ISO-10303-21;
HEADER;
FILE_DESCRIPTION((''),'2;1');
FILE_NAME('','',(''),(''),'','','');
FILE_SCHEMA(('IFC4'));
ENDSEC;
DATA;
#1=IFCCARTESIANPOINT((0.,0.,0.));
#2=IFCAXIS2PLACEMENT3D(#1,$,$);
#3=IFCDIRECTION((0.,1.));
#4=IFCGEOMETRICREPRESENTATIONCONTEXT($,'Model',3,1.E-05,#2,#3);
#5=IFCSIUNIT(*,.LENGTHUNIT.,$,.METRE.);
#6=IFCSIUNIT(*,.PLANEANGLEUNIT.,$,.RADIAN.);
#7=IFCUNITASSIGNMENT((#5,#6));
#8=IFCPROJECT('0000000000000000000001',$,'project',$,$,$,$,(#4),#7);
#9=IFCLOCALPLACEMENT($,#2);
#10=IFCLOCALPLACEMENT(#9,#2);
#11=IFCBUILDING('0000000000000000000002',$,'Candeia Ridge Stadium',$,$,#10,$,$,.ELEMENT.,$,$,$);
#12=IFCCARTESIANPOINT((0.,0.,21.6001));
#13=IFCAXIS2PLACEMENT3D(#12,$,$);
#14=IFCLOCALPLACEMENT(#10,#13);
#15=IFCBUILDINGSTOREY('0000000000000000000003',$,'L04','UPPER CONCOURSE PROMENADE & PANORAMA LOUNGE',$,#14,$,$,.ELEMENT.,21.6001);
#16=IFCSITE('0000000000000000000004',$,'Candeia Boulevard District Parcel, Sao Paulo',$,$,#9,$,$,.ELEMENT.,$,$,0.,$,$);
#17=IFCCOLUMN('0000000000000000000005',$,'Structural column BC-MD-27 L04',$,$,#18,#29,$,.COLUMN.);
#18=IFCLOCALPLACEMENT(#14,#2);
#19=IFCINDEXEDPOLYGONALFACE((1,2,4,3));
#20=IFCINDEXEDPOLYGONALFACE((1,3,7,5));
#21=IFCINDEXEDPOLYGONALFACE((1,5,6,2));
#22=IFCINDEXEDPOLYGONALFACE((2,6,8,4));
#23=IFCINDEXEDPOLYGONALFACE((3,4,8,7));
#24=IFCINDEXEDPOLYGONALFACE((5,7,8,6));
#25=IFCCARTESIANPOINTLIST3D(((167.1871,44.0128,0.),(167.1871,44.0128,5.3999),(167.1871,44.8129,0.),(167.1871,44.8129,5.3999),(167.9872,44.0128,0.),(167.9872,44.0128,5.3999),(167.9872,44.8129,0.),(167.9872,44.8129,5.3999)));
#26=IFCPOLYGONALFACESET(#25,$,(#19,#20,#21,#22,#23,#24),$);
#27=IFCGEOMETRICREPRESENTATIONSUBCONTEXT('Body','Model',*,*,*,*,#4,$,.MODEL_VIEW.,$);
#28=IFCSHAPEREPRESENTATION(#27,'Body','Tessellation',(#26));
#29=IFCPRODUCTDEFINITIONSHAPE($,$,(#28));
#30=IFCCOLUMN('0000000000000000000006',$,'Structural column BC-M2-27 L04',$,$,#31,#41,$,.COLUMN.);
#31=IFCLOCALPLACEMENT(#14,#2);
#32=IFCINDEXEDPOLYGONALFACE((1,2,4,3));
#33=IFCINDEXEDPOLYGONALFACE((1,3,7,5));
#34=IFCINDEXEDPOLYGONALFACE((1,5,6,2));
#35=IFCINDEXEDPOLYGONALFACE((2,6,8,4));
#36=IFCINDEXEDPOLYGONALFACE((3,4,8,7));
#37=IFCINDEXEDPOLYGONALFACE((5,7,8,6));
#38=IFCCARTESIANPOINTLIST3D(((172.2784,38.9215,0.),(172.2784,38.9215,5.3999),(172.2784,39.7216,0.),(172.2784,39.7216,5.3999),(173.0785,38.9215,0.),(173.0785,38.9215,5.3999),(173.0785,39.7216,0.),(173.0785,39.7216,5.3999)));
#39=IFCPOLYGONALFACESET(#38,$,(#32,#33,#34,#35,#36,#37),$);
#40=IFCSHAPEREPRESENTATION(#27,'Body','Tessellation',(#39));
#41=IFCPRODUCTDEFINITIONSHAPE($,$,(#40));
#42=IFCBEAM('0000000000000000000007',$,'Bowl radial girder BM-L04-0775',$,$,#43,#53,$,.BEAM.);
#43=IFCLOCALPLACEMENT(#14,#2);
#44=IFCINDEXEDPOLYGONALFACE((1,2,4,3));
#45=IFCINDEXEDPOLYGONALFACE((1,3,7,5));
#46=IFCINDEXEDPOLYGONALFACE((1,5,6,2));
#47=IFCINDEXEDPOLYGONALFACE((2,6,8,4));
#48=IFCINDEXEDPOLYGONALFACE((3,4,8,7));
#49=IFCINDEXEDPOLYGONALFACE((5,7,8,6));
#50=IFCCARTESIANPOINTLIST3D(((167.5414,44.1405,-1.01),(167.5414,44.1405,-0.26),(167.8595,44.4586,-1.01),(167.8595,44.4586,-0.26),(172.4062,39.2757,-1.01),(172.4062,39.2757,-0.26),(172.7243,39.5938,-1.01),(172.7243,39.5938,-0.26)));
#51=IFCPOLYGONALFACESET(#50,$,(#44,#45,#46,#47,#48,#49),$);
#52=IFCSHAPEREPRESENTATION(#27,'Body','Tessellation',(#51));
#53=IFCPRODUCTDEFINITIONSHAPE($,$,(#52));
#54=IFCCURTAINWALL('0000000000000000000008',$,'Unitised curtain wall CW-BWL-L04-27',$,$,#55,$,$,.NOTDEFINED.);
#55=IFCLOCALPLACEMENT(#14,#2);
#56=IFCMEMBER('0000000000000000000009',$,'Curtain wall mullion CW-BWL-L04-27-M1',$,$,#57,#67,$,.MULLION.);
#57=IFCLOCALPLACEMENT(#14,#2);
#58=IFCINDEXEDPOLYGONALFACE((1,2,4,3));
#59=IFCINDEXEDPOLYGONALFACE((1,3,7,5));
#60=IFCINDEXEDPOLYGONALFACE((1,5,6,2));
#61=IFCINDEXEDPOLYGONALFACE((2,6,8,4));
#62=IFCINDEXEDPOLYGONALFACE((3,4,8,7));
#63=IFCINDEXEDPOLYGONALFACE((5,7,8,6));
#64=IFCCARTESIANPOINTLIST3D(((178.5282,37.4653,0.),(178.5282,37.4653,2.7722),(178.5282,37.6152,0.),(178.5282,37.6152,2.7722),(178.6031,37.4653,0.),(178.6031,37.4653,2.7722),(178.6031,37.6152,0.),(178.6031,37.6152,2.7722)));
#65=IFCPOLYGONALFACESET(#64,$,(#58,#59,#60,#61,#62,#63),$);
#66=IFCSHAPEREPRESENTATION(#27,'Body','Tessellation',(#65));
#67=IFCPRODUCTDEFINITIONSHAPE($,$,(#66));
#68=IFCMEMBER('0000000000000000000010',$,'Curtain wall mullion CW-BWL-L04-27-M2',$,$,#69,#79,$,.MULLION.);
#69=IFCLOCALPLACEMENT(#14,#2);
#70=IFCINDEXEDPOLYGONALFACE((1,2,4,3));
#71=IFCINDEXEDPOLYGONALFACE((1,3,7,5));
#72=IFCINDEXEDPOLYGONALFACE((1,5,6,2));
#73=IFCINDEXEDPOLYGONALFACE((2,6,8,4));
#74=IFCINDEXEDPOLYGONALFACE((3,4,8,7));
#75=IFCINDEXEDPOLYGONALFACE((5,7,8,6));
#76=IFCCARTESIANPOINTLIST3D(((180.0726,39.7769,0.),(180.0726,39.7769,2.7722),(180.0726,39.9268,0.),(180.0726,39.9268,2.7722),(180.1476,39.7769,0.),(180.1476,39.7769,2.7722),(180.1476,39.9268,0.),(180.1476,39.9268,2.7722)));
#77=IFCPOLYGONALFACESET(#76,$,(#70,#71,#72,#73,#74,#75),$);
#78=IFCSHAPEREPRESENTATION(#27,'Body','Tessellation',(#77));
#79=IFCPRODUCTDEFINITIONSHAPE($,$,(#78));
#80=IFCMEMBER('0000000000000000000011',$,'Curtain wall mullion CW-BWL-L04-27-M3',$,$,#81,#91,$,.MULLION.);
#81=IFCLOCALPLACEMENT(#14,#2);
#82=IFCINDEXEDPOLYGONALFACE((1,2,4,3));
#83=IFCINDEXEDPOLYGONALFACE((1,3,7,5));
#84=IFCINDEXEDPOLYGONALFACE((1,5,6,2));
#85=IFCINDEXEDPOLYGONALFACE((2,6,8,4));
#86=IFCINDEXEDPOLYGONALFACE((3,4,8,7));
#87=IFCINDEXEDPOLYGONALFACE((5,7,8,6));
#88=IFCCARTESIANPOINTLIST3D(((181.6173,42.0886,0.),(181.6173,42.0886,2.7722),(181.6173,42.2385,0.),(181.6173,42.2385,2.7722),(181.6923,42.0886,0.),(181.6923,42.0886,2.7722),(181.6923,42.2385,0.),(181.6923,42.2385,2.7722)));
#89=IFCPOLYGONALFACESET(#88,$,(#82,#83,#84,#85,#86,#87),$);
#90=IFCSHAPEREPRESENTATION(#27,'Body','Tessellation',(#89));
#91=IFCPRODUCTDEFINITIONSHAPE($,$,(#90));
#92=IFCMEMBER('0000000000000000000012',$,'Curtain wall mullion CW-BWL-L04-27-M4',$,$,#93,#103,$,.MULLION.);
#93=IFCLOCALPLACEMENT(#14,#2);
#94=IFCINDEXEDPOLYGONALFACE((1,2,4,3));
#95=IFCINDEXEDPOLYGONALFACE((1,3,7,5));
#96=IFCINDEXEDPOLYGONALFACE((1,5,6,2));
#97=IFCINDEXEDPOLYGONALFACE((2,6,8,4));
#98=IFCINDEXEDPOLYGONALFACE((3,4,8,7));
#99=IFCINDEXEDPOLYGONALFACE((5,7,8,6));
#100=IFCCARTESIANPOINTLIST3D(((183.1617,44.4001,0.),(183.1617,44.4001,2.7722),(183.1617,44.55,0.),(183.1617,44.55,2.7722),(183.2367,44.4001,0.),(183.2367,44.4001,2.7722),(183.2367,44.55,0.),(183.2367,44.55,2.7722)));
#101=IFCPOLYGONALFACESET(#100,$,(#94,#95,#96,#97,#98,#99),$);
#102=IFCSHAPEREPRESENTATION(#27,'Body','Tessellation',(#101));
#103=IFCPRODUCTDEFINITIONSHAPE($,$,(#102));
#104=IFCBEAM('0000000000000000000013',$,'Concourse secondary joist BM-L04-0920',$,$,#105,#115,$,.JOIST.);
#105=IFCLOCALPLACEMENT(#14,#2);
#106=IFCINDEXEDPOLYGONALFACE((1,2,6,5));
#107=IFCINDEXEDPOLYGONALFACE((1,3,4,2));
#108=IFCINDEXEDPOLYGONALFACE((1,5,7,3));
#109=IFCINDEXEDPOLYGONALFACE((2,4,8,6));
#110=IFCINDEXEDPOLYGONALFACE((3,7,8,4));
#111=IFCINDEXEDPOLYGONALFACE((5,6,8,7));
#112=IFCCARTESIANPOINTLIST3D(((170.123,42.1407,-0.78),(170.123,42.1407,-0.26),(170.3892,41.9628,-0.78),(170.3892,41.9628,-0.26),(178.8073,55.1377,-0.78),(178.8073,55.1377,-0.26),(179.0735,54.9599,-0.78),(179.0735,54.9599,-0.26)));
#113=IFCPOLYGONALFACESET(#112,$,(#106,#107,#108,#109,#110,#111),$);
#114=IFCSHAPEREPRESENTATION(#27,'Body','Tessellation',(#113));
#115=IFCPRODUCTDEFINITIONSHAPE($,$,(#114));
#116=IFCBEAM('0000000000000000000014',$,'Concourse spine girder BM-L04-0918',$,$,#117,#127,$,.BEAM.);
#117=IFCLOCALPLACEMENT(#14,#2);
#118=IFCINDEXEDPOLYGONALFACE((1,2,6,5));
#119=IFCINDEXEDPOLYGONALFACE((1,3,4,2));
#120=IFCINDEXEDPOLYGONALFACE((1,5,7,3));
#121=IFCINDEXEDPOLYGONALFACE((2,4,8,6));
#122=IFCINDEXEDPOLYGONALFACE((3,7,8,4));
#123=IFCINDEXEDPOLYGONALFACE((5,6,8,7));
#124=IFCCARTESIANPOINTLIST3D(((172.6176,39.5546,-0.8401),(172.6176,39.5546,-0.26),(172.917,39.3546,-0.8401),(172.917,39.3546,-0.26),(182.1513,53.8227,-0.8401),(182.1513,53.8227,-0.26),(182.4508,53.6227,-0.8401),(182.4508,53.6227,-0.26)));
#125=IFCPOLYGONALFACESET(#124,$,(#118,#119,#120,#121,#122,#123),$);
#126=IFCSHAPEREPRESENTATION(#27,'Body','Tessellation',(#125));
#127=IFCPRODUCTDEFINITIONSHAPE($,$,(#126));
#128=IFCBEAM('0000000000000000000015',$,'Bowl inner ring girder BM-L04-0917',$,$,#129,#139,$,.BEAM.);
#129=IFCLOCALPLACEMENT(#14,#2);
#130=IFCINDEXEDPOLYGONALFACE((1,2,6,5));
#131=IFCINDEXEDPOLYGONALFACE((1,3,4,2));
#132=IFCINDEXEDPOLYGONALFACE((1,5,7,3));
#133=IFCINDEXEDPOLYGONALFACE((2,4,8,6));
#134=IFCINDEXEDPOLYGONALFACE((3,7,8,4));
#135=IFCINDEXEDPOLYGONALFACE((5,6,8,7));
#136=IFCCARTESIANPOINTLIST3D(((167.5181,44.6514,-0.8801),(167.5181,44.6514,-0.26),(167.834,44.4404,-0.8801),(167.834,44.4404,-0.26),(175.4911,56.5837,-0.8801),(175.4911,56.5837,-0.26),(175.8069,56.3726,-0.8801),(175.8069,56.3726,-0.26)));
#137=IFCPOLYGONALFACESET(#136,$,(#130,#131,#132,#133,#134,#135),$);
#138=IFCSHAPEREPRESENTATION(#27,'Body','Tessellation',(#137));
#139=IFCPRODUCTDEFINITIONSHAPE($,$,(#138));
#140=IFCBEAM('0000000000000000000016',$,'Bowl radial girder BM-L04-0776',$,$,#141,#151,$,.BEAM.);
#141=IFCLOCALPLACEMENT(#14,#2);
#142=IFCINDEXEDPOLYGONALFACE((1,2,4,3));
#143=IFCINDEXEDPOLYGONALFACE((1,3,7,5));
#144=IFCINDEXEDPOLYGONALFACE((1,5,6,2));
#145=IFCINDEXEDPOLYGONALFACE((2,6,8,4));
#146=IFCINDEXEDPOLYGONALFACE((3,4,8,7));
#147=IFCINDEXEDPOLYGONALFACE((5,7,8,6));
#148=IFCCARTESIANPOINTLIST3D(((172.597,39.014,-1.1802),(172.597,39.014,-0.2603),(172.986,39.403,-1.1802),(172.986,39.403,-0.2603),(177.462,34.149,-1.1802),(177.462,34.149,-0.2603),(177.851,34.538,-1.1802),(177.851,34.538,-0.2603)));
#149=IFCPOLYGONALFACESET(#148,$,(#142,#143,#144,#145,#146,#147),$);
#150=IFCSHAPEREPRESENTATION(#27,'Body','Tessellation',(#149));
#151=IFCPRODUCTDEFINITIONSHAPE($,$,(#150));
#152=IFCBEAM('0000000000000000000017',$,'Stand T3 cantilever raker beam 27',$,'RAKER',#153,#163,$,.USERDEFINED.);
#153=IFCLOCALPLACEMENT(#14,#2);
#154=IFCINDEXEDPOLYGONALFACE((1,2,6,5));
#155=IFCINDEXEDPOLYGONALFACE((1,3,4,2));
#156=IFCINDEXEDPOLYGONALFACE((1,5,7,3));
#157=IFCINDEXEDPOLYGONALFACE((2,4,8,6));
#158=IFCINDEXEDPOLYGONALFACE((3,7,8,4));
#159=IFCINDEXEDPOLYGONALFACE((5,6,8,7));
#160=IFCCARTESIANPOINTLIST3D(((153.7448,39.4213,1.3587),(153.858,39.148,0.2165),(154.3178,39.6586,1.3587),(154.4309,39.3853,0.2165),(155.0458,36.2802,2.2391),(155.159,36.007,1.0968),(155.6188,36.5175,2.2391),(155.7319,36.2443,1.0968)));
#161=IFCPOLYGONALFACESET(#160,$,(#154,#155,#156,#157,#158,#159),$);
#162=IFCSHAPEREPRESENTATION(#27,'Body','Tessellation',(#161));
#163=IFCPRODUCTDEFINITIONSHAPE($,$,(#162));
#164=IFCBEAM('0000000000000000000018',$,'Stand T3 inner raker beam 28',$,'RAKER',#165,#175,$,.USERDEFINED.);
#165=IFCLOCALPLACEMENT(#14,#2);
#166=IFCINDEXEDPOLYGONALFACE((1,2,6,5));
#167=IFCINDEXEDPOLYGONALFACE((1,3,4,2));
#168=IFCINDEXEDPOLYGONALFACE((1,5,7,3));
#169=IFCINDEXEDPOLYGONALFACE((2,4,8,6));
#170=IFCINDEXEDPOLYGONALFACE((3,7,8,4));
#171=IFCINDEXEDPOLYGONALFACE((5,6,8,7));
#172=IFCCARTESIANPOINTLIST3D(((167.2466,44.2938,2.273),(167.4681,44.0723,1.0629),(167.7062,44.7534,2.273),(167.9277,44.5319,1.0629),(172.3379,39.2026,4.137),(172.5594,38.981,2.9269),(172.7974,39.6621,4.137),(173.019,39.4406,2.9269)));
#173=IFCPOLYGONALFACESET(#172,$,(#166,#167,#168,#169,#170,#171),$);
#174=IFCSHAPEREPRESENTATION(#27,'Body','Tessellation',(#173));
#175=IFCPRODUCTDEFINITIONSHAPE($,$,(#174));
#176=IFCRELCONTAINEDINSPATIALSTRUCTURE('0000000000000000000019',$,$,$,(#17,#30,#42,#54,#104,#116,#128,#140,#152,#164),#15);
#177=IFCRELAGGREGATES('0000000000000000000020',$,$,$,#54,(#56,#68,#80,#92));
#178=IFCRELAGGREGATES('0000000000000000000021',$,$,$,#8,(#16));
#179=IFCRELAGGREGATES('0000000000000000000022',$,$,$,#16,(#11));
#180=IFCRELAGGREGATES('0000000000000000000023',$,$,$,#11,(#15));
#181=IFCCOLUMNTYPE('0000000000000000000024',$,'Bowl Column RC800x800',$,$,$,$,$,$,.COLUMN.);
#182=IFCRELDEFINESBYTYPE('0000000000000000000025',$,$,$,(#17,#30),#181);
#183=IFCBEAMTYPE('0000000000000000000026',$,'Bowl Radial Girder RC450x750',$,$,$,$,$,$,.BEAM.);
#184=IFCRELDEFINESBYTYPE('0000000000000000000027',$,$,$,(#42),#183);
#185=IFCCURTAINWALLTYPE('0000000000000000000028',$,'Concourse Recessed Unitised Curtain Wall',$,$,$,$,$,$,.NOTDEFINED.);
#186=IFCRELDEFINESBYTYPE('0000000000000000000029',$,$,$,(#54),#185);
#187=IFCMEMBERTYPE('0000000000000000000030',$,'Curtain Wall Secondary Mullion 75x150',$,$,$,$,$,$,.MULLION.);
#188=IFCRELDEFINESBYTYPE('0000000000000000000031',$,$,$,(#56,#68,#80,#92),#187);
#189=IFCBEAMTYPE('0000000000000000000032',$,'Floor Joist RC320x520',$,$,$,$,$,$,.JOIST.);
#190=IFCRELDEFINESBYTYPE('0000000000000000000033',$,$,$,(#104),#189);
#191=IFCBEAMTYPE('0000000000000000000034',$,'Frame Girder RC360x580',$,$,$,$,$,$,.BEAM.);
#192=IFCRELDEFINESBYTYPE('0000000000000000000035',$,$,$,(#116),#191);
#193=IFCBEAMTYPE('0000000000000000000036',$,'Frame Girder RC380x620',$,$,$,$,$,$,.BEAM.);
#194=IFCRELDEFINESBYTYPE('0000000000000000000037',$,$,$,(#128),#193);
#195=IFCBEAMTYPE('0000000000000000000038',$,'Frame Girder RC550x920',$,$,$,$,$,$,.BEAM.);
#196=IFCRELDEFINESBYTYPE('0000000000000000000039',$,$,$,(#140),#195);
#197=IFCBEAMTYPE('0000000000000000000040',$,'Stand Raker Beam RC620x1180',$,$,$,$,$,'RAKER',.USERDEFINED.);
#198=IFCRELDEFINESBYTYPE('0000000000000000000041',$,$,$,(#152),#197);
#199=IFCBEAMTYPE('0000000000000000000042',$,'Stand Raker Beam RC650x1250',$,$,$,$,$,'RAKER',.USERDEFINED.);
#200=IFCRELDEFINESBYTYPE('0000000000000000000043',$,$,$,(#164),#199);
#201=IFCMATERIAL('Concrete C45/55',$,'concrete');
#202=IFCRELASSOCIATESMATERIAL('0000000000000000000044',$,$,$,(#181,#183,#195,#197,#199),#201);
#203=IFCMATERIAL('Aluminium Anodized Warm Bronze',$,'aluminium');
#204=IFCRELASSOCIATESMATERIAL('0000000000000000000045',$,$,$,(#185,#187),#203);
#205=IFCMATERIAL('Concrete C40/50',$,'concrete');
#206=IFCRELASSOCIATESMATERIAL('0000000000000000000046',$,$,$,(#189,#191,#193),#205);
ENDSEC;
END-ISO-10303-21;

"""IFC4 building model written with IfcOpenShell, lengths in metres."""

from ifc_helpers import new_model, si_unit, direction, frame, origin, origin_2d, place, context, subcontext, project, spatial, rectangle, extrude, material, material_profile, profile_set, type_object, element, aggregate, save


model = new_model("IFC4")

# Units and contexts
model_context = context("Model", 3, precision=1e-05, world=origin(), true_north=direction((0.0, 1.0)))
body_context = subcontext(model_context, "Body", "Model", "MODEL_VIEW")
ifc_project = project(units=[si_unit("LENGTHUNIT", "METRE"), si_unit("PLANEANGLEUNIT", "RADIAN")], contexts=[model_context])

# Site, building, storey
site_placement = place(None, origin())
site = spatial("IfcSite", under=ifc_project, at=site_placement, Name="Candeia Boulevard District Parcel, Sao Paulo", CompositionType="ELEMENT", RefElevation=0.0)
building_placement = place(site_placement, origin())
building = spatial("IfcBuilding", under=site, at=building_placement, Name="Candeia Ridge Stadium", CompositionType="ELEMENT")
storey_placement = place(building_placement, frame((0.0, 0.0, 21.6001)))
storey = spatial("IfcBuildingStorey", under=building, at=storey_placement, Name="L04", Description="UPPER CONCOURSE PROMENADE & PANORAMA LOUNGE", CompositionType="ELEMENT", Elevation=21.6001)

# Columns
ifc_material_1 = material(Name="Concrete C45/55", Category="concrete")
ifc_material_profile_1 = material_profile(ifc_material_1, rectangle(XDim=0.8, YDim=0.8, at=origin_2d()), Name="RC800x800", Category="concrete")
ifc_profile_set_1 = profile_set([ifc_material_profile_1], Name="Concrete C45/55")
column_type = type_object("IfcColumnType", Name="Bowl Column RC800x800", PredefinedType="COLUMN", material=ifc_profile_set_1)
for number, where, z_axis, x_axis, name in (
    (1, (167.5872, 44.4128, 0.0), (0.0, 0.0, 1.0), (1.0, 0.0, 0.0), "Structural column BC-MD-27 L04"),
    (2, (172.6785, 39.3215, 0.0), (0.0, 0.0, 1.0), (1.0, 0.0, 0.0), "Structural column BC-M2-27 L04"),
):
    element("IfcColumn", number, at=place(storey_placement, frame(where, z_axis=z_axis, x_axis=x_axis)), inside=storey, type_object=column_type, Name=name, PredefinedType="COLUMN", context=body_context, shape_type="SweptSolid", body=[
        extrude(rectangle(XDim=0.8, YDim=0.8, at=origin_2d()), origin(), (0.0, 0.0, 1.0), 5.3999),
    ])

# Beam
ifc_material_profile_2 = material_profile(ifc_material_1, rectangle(XDim=0.45, YDim=0.75, at=origin_2d()), Name="RC450x750", Category="concrete")
ifc_profile_set_2 = profile_set([ifc_material_profile_2], Name="Concrete C45/55")
beam_type_1 = type_object("IfcBeamType", Name="Bowl Radial Girder RC450x750", PredefinedType="BEAM", material=ifc_profile_set_2)
beam_1_placement = place(storey_placement, frame((167.7004, 44.2996, -0.635), z_axis=(0.707107, -0.707107, 0.0), x_axis=(0.707107, 0.707107, 0.0)))
element("IfcBeam", 3, at=beam_1_placement, inside=storey, type_object=beam_type_1, Name="Bowl radial girder BM-L04-0775", PredefinedType="BEAM", context=body_context, shape_type="SweptSolid", body=[
    extrude(rectangle(XDim=0.45, YDim=0.75, at=origin_2d()), origin(), (0.0, 0.0, 1.0), 6.8799),
])

# Curtain wall, members
ifc_material_2 = material(Name="Aluminium Anodized Warm Bronze", Category="aluminium")
curtain_wall_type = type_object("IfcCurtainWallType", Name="Concourse Recessed Unitised Curtain Wall", PredefinedType="NOTDEFINED", material=ifc_material_2)
curtain_wall_placement = place(storey_placement, origin())
curtain_wall = element("IfcCurtainWall", 4, at=curtain_wall_placement, inside=storey, type_object=curtain_wall_type, Name="Unitised curtain wall CW-BWL-L04-27", PredefinedType="NOTDEFINED")
ifc_material_profile_3 = material_profile(ifc_material_2, rectangle(XDim=0.075, YDim=0.1499, at=origin_2d()), Name="CWM-75x150", Category="aluminium")
ifc_profile_set_3 = profile_set([ifc_material_profile_3], Name="Aluminium Anodized Warm Bronze")
member_type = type_object("IfcMemberType", Name="Curtain Wall Secondary Mullion 75x150", PredefinedType="MULLION", material=ifc_profile_set_3)
member_1_placement = place(storey_placement, frame((178.5657, 37.5403, 0.0), z_axis=(0.0, 0.0, 1.0), x_axis=(1.0, 0.0, 0.0)))
member_1 = element("IfcMember", 5, at=member_1_placement, type_object=member_type, Name="Curtain wall mullion CW-BWL-L04-27-M1", PredefinedType="MULLION", context=body_context, shape_type="SweptSolid", body=[
    extrude(rectangle(XDim=0.075, YDim=0.1499, at=origin_2d()), origin(), (0.0, 0.0, 1.0), 2.7722),
])
member_2_placement = place(storey_placement, frame((180.1101, 39.8518, 0.0), z_axis=(0.0, 0.0, 1.0), x_axis=(1.0, 0.0, 0.0)))
member_2 = element("IfcMember", 6, at=member_2_placement, type_object=member_type, Name="Curtain wall mullion CW-BWL-L04-27-M2", PredefinedType="MULLION", context=body_context, shape_type="SweptSolid", body=[
    extrude(rectangle(XDim=0.075, YDim=0.1499, at=origin_2d()), origin(), (0.0, 0.0, 1.0), 2.7722),
])
member_3_placement = place(storey_placement, frame((181.6548, 42.1636, 0.0), z_axis=(0.0, 0.0, 1.0), x_axis=(1.0, 0.0, 0.0)))
member_3 = element("IfcMember", 7, at=member_3_placement, type_object=member_type, Name="Curtain wall mullion CW-BWL-L04-27-M3", PredefinedType="MULLION", context=body_context, shape_type="SweptSolid", body=[
    extrude(rectangle(XDim=0.075, YDim=0.1499, at=origin_2d()), origin(), (0.0, 0.0, 1.0), 2.7722),
])
member_4_placement = place(storey_placement, frame((183.1992, 44.4751, 0.0), z_axis=(0.0, 0.0, 1.0), x_axis=(1.0, 0.0, 0.0)))
member_4 = element("IfcMember", 8, at=member_4_placement, type_object=member_type, Name="Curtain wall mullion CW-BWL-L04-27-M4", PredefinedType="MULLION", context=body_context, shape_type="SweptSolid", body=[
    extrude(rectangle(XDim=0.075, YDim=0.1499, at=origin_2d()), origin(), (0.0, 0.0, 1.0), 2.7722),
])

# Beams
ifc_material_3 = material(Name="Concrete C40/50", Category="concrete")
ifc_material_profile_4 = material_profile(ifc_material_3, rectangle(XDim=0.3201, YDim=0.52, at=origin_2d()), Name="RC320x520", Category="concrete")
ifc_profile_set_4 = profile_set([ifc_material_profile_4], Name="Concrete C40/50")
beam_type_2 = type_object("IfcBeamType", Name="Floor Joist RC320x520", PredefinedType="JOIST", material=ifc_profile_set_4)
beam_2_placement = place(storey_placement, frame((170.2561, 42.0518, -0.52), z_axis=(0.555569, 0.831471, 0.0), x_axis=(-0.831471, 0.555569, 0.0)))
element("IfcBeam", 9, at=beam_2_placement, inside=storey, type_object=beam_type_2, Name="Concourse secondary joist BM-L04-0920", PredefinedType="JOIST", context=body_context, shape_type="SweptSolid", body=[
    extrude(rectangle(XDim=0.3201, YDim=0.52, at=origin_2d()), origin(), (0.0, 0.0, 1.0), 15.6313),
])
ifc_material_profile_5 = material_profile(ifc_material_3, rectangle(XDim=0.3601, YDim=0.5801, at=origin_2d()), Name="RC360x580", Category="concrete")
ifc_profile_set_5 = profile_set([ifc_material_profile_5], Name="Concrete C40/50")
beam_type_3 = type_object("IfcBeamType", Name="Frame Girder RC360x580", PredefinedType="BEAM", material=ifc_profile_set_5)
beam_3_placement = place(storey_placement, frame((172.7673, 39.4546, -0.55), z_axis=(0.555573, 0.831468, 0.0), x_axis=(-0.831468, 0.555573, 0.0)))
element("IfcBeam", 10, at=beam_3_placement, inside=storey, type_object=beam_type_3, Name="Concourse spine girder BM-L04-0918", PredefinedType="BEAM", context=body_context, shape_type="SweptSolid", body=[
    extrude(rectangle(XDim=0.3601, YDim=0.5801, at=origin_2d()), origin(), (0.0, 0.0, 1.0), 17.1602),
])
ifc_material_profile_6 = material_profile(ifc_material_3, rectangle(XDim=0.3799, YDim=0.6201, at=origin_2d()), Name="RC380x620", Category="concrete")
ifc_profile_set_6 = profile_set([ifc_material_profile_6], Name="Concrete C40/50")
beam_type_4 = type_object("IfcBeamType", Name="Frame Girder RC380x620", PredefinedType="BEAM", material=ifc_profile_set_6)
beam_4_placement = place(storey_placement, frame((167.676, 44.5459, -0.5701), z_axis=(0.555575, 0.831466, 0.0), x_axis=(-0.831466, 0.555575, 0.0)))
element("IfcBeam", 11, at=beam_4_placement, inside=storey, type_object=beam_type_4, Name="Bowl inner ring girder BM-L04-0917", PredefinedType="BEAM", context=body_context, shape_type="SweptSolid", body=[
    extrude(rectangle(XDim=0.3799, YDim=0.6201, at=origin_2d()), origin(), (0.0, 0.0, 1.0), 14.3508),
])
ifc_material_profile_7 = material_profile(ifc_material_1, rectangle(XDim=0.55, YDim=0.9199, at=origin_2d()), Name="RC550x920", Category="concrete")
ifc_profile_set_7 = profile_set([ifc_material_profile_7], Name="Concrete C45/55")
beam_type_5 = type_object("IfcBeamType", Name="Frame Girder RC550x920", PredefinedType="BEAM", material=ifc_profile_set_7)
beam_5_placement = place(storey_placement, frame((172.7915, 39.2085, -0.7202), z_axis=(0.707107, -0.707107, 0.0), x_axis=(0.707107, 0.707107, 0.0)))
element("IfcBeam", 12, at=beam_5_placement, inside=storey, type_object=beam_type_5, Name="Bowl radial girder BM-L04-0776", PredefinedType="BEAM", context=body_context, shape_type="SweptSolid", body=[
    extrude(rectangle(XDim=0.55, YDim=0.9199, at=origin_2d()), origin(), (0.0, 0.0, 1.0), 6.8801),
])
ifc_material_profile_8 = material_profile(ifc_material_1, rectangle(XDim=0.6201, YDim=1.1799, at=origin_2d()), Name="RC620x1180", Category="concrete")
ifc_profile_set_8 = profile_set([ifc_material_profile_8], Name="Concrete C45/55")
beam_type_6 = type_object("IfcBeamType", Name="Stand Raker Beam RC620x1180", ElementType="RAKER", PredefinedType="USERDEFINED", material=ifc_profile_set_8)
beam_6_placement = place(storey_placement, frame((154.0879, 39.4033, 0.7876), z_axis=(0.370449, -0.894388, 0.250673), x_axis=(0.923886, 0.382667, 0.0)))
element("IfcBeam", 13, at=beam_6_placement, inside=storey, type_object=beam_type_6, Name="Stand T3 cantilever raker beam 27", ObjectType="RAKER", PredefinedType="USERDEFINED", context=body_context, shape_type="SweptSolid", body=[
    extrude(rectangle(XDim=0.6201, YDim=1.1799, at=origin_2d()), origin(), (0.0, 0.0, 1.0), 3.512),
])
ifc_material_profile_9 = material_profile(ifc_material_1, rectangle(XDim=0.6499, YDim=1.25, at=origin_2d()), Name="RC650x1250", Category="concrete")
ifc_profile_set_9 = profile_set([ifc_material_profile_9], Name="Concrete C45/55")
beam_type_7 = type_object("IfcBeamType", Name="Stand Raker Beam RC650x1250", ElementType="RAKER", PredefinedType="USERDEFINED", material=ifc_profile_set_9)
beam_7_placement = place(storey_placement, frame((167.5872, 44.4128, 1.668), z_axis=(0.68454, -0.68454, 0.250621), x_axis=(0.707107, 0.707107, 0.0)))
element("IfcBeam", 14, at=beam_7_placement, inside=storey, type_object=beam_type_7, Name="Stand T3 inner raker beam 28", ObjectType="RAKER", PredefinedType="USERDEFINED", context=body_context, shape_type="SweptSolid", body=[
    extrude(rectangle(XDim=0.6499, YDim=1.25, at=origin_2d()), origin(), (0.0, 0.0, 1.0), 7.4375),
])

aggregate(curtain_wall, [member_1, member_2, member_3, member_4])

save(model, "model.ifc")
